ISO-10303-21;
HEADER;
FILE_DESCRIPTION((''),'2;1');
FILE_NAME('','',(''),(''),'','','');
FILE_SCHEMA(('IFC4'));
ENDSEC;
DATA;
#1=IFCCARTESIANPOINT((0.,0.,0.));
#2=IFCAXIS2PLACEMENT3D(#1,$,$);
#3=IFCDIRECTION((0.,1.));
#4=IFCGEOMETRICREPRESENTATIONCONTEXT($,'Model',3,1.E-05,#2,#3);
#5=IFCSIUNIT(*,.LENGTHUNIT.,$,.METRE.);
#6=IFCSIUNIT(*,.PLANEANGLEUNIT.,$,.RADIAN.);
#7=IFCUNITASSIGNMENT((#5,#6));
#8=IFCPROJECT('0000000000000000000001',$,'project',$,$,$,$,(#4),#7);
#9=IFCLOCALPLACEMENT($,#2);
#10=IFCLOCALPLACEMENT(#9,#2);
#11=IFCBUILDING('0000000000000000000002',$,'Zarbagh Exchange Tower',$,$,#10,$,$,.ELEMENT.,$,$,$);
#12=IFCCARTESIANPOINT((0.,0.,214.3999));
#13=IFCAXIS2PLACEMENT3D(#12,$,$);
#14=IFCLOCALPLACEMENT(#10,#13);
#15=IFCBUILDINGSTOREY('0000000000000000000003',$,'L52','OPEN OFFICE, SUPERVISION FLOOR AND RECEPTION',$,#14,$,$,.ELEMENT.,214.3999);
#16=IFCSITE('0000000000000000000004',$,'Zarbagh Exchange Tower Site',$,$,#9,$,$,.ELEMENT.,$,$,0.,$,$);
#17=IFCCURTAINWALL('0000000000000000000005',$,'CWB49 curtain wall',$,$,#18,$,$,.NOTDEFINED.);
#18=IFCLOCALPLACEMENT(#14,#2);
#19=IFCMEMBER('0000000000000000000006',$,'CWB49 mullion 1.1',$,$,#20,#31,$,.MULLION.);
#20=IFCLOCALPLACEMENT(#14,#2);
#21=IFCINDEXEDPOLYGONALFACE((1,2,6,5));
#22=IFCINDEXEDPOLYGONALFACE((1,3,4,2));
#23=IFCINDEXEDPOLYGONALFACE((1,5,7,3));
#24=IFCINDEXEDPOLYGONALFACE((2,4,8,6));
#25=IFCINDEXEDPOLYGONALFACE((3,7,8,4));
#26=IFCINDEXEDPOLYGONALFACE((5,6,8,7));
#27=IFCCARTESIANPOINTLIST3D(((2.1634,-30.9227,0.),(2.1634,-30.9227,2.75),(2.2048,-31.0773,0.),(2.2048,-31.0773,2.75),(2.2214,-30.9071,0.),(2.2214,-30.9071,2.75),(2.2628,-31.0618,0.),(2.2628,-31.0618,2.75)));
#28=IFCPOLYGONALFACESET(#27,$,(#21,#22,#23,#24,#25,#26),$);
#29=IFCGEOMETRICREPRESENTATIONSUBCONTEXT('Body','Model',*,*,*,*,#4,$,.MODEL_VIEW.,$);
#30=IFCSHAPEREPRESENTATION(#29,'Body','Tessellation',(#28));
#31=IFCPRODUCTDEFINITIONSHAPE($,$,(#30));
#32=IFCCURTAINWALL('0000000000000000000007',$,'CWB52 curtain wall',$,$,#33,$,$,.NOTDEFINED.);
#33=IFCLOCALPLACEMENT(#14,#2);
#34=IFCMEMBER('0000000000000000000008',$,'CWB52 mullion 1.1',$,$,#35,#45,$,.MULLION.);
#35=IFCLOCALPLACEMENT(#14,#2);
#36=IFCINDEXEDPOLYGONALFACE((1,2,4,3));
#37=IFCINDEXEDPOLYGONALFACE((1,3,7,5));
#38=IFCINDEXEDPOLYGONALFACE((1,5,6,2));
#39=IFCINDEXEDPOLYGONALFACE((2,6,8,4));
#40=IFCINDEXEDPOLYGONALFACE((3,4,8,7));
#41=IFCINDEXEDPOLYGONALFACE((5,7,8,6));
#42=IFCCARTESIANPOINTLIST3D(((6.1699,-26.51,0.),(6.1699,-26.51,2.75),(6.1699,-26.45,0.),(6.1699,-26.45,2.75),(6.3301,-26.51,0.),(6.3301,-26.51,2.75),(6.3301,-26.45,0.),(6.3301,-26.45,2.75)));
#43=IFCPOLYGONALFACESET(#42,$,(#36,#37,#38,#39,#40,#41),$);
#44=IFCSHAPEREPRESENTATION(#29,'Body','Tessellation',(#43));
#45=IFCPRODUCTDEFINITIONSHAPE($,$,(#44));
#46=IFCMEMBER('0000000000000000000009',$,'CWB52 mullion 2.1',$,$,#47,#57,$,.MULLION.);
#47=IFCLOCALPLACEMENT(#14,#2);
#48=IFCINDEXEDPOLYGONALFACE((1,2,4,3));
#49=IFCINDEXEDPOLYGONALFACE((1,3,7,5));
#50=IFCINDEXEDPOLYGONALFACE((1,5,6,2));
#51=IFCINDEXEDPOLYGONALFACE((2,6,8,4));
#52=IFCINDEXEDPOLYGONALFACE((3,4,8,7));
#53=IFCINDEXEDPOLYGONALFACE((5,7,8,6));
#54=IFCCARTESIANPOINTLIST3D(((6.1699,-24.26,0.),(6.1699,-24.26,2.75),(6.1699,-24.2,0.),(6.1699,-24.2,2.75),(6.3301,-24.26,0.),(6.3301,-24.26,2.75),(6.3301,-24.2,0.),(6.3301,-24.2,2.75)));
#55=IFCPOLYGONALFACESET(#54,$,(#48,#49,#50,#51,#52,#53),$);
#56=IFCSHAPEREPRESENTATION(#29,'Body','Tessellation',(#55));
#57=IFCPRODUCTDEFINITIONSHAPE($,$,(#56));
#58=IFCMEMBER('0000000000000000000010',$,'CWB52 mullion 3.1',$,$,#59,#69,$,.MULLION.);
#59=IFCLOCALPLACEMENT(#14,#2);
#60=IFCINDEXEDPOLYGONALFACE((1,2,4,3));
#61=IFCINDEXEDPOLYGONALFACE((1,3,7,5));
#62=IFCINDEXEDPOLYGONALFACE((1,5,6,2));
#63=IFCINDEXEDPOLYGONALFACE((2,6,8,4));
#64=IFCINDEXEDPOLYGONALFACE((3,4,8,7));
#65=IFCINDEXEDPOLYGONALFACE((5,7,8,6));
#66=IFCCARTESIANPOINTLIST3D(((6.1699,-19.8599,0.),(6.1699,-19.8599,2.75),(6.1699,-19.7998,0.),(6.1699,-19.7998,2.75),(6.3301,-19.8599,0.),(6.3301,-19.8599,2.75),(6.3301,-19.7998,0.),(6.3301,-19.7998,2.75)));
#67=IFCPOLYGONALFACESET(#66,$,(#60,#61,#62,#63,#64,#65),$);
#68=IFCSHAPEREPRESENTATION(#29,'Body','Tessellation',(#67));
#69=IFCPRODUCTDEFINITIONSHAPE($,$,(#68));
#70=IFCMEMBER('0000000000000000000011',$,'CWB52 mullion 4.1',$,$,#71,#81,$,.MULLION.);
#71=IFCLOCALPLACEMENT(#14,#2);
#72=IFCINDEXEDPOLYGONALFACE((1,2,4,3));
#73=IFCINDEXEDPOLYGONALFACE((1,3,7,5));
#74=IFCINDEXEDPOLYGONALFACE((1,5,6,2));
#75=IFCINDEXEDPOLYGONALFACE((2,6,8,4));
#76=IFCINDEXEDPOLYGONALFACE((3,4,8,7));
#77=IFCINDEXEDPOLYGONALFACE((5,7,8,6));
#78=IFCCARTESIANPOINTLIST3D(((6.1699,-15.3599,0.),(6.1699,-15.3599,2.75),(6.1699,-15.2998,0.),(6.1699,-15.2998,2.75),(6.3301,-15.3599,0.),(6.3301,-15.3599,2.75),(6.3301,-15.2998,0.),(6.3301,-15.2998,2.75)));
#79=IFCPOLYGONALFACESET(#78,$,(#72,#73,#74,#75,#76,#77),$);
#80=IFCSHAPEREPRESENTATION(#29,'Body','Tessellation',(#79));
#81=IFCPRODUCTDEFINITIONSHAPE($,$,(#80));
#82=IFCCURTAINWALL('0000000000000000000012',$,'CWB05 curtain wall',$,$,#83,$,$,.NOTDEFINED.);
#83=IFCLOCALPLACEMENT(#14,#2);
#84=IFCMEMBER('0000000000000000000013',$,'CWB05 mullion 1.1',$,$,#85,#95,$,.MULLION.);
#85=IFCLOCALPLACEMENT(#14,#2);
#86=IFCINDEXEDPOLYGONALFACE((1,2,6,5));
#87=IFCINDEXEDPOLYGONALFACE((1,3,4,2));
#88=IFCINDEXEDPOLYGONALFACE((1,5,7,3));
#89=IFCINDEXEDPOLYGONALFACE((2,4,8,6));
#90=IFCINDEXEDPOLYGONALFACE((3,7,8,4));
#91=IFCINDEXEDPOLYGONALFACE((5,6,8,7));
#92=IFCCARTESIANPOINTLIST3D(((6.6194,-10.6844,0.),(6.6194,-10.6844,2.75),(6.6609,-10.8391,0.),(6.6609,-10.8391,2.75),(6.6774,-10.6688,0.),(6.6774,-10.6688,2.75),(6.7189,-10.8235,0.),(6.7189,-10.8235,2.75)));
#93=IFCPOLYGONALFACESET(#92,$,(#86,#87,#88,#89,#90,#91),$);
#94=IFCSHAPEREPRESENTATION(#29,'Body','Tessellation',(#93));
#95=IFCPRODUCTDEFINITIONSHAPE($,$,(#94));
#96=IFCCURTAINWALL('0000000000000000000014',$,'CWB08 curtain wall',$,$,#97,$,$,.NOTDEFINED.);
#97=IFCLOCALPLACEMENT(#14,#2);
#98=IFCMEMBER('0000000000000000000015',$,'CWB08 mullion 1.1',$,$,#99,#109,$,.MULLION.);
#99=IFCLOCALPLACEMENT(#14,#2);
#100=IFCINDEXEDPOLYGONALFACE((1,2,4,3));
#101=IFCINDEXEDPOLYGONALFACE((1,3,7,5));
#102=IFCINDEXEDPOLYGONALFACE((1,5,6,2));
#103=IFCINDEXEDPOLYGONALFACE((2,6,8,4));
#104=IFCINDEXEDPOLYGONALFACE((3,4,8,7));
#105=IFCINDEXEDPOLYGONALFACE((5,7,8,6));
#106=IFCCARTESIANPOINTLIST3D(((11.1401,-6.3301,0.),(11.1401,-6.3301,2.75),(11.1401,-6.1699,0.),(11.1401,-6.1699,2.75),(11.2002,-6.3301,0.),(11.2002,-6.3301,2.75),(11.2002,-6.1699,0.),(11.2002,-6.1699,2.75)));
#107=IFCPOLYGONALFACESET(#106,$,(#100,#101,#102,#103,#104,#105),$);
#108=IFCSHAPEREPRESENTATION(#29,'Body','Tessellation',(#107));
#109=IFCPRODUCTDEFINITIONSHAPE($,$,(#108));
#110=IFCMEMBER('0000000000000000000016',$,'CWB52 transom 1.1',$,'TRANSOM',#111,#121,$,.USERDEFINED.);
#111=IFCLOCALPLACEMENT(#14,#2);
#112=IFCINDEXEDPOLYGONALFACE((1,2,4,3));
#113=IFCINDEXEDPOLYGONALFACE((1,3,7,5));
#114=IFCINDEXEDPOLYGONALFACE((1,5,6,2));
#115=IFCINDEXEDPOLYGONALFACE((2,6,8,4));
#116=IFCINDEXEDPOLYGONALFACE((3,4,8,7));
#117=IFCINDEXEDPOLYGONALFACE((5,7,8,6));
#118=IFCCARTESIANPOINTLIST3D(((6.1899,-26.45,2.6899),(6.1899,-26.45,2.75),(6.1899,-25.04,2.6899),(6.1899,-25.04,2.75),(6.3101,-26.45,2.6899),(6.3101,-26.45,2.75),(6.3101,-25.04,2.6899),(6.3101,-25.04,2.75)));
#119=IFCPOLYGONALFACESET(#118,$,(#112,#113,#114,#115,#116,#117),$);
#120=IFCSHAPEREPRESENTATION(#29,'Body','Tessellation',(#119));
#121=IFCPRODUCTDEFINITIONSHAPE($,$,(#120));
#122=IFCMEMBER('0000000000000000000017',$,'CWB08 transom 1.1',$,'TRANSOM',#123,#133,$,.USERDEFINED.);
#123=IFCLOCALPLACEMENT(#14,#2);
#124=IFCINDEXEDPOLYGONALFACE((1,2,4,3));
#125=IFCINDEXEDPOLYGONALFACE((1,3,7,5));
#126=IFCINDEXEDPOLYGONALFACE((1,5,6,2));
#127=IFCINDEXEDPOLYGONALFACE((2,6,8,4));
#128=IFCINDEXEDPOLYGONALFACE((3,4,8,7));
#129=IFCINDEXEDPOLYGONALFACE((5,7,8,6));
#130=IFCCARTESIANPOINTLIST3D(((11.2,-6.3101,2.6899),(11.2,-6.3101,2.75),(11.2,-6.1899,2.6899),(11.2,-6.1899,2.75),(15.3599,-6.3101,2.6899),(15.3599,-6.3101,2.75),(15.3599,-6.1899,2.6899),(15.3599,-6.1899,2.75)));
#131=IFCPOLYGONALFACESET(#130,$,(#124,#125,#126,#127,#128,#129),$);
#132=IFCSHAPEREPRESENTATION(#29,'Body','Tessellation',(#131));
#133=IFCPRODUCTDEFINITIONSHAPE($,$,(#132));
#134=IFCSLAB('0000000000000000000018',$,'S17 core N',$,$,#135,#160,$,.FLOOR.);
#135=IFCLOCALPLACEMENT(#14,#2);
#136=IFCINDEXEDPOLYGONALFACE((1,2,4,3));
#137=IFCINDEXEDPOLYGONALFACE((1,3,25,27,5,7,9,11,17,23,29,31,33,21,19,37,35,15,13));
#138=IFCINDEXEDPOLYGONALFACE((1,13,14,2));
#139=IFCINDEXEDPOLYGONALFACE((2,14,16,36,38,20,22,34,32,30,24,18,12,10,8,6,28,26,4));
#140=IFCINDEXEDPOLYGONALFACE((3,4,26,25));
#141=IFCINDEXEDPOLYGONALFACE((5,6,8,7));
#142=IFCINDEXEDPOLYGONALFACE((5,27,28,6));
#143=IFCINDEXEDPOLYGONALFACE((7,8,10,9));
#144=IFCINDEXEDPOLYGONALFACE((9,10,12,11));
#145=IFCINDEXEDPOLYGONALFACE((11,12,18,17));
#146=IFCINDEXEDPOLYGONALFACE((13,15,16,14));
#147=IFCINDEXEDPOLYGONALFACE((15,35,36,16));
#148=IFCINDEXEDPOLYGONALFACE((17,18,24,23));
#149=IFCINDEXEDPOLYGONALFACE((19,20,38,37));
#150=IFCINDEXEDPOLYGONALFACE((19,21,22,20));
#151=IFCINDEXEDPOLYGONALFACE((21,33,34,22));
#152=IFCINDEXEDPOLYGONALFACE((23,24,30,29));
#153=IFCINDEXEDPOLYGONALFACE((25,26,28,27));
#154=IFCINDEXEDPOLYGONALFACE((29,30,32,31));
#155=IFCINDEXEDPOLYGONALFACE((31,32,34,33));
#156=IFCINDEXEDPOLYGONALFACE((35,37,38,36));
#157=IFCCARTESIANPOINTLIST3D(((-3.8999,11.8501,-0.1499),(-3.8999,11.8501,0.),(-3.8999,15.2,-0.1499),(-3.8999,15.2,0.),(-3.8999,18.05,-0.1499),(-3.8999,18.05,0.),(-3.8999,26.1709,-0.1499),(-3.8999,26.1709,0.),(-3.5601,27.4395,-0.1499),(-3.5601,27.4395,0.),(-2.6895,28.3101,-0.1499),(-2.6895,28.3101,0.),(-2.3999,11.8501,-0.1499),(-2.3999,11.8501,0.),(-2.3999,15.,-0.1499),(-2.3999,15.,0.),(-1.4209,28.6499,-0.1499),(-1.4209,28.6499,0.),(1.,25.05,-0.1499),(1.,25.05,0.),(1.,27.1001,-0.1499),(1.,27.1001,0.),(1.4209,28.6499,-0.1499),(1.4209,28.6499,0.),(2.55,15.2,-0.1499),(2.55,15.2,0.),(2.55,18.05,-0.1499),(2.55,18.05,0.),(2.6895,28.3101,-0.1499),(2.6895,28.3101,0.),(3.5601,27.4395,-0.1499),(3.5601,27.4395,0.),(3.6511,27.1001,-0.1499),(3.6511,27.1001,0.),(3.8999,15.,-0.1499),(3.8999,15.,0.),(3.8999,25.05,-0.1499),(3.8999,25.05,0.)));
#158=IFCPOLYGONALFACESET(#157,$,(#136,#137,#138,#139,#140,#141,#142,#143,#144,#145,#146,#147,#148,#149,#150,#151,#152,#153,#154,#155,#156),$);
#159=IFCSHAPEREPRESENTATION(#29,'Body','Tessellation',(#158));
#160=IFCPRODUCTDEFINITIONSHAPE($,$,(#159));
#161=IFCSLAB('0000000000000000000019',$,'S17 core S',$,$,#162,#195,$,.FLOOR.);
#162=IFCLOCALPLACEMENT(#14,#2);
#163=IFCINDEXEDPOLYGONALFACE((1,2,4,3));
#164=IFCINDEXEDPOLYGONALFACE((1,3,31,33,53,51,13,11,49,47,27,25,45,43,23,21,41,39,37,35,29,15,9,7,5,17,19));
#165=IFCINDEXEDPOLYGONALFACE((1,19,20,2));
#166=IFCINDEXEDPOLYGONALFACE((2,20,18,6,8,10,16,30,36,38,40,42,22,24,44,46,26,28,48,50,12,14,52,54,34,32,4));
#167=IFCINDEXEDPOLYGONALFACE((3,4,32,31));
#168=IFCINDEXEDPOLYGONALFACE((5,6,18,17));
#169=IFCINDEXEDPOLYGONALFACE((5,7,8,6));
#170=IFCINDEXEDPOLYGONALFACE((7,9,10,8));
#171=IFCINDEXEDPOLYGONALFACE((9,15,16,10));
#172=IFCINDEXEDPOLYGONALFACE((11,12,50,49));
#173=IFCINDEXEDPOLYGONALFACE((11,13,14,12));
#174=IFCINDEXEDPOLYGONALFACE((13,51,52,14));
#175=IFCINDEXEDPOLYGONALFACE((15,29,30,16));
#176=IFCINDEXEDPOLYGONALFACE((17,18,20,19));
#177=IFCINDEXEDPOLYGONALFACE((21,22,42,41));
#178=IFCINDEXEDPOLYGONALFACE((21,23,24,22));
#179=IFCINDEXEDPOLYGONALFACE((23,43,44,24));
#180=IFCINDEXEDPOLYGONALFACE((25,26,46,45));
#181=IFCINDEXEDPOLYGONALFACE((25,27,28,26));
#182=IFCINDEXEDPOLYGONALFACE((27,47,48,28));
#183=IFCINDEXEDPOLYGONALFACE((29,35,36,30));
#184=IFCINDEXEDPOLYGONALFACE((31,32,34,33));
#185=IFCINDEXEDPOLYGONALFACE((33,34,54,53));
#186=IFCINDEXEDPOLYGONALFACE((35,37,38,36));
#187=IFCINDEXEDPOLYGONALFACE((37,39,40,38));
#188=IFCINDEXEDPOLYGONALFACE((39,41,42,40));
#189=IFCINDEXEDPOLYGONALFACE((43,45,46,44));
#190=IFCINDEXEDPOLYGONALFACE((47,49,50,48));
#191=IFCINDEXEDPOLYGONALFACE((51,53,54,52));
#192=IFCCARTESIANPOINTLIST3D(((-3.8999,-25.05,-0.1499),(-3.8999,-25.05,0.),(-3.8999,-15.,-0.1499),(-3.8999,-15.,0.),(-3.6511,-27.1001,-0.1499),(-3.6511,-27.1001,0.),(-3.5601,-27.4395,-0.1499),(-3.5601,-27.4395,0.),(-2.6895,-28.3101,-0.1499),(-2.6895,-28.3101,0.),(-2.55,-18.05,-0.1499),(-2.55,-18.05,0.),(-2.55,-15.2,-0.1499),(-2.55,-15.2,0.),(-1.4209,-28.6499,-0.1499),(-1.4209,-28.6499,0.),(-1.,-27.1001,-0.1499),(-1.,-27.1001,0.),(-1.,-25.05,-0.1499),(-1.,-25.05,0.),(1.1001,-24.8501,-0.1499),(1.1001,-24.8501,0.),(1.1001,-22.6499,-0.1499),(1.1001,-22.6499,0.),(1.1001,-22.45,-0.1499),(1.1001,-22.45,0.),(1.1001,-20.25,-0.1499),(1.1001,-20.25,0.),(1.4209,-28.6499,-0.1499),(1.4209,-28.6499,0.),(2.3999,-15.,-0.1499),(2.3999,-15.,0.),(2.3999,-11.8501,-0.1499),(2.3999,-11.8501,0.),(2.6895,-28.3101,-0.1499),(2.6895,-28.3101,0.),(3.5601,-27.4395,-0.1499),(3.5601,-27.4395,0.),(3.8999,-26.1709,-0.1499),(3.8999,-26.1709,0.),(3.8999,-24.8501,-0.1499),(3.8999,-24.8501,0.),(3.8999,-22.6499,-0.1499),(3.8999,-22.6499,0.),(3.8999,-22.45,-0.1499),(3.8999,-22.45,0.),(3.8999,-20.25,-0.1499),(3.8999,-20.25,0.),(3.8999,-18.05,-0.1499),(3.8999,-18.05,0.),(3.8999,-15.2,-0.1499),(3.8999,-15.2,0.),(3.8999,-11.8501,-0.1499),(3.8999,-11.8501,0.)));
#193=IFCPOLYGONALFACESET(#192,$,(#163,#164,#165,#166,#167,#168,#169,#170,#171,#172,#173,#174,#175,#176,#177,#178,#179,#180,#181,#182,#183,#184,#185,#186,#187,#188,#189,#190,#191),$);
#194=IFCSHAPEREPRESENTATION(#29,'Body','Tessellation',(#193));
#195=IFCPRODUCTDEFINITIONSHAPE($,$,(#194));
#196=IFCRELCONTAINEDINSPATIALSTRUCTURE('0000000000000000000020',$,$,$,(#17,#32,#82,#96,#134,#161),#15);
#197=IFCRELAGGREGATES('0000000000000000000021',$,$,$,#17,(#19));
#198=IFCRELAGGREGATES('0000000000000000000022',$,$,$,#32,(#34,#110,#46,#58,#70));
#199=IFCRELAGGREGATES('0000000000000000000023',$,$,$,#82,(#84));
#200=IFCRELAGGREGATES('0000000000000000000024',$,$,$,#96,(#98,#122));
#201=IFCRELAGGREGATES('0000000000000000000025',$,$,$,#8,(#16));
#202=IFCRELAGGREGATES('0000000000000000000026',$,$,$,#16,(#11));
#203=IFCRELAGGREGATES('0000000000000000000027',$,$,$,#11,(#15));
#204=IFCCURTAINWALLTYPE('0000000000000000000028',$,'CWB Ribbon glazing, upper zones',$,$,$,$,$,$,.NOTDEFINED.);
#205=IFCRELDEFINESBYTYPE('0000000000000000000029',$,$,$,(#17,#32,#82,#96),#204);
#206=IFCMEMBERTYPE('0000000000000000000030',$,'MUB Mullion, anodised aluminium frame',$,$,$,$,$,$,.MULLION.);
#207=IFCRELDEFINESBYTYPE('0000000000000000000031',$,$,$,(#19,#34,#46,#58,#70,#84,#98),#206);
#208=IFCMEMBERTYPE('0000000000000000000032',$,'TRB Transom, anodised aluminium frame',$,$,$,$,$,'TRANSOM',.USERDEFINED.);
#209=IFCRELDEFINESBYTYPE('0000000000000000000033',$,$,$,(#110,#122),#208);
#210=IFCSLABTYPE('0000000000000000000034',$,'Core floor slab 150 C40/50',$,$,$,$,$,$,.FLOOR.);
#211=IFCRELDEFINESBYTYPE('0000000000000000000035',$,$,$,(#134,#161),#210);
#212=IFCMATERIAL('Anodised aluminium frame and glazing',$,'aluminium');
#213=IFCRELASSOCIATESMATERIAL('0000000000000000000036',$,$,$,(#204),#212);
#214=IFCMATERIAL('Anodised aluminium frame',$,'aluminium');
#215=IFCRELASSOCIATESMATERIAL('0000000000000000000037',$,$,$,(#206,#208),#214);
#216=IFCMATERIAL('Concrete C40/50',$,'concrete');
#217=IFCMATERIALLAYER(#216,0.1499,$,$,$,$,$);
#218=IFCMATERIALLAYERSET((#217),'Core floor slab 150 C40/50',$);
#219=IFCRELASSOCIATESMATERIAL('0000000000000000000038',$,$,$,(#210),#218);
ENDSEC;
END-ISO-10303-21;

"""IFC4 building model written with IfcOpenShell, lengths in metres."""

from ifc_helpers import new_model, si_unit, direction, frame, origin, place, context, subcontext, project, spatial, polyline, outline, extrude, source, transform, mapped, material, layer, layer_set, type_object, element, aggregate, save


model = new_model("IFC4")

# Units and contexts
model_context = context("Model", 3, precision=1e-05, world=origin(), true_north=direction((0.0, 1.0)))
body_context = subcontext(model_context, "Body", "Model", "MODEL_VIEW")
ifc_project = project(units=[si_unit("LENGTHUNIT", "METRE"), si_unit("PLANEANGLEUNIT", "RADIAN")], contexts=[model_context])

# Site, building, storey
site_placement = place(None, origin())
site = spatial("IfcSite", under=ifc_project, at=site_placement, Name="Zarbagh Exchange Tower Site", CompositionType="ELEMENT", RefElevation=0.0)
building_placement = place(site_placement, origin())
building = spatial("IfcBuilding", under=site, at=building_placement, Name="Zarbagh Exchange Tower", CompositionType="ELEMENT")
storey_placement = place(building_placement, frame((0.0, 0.0, 214.3999)))
storey = spatial("IfcBuildingStorey", under=building, at=storey_placement, Name="L52", Description="OPEN OFFICE, SUPERVISION FLOOR AND RECEPTION", CompositionType="ELEMENT", Elevation=214.3999)

# Curtain wall, member
ifc_material_1 = material(Name="Anodised aluminium frame and glazing", Category="aluminium")
curtain_wall_type = type_object("IfcCurtainWallType", Name="CWB Ribbon glazing, upper zones", PredefinedType="NOTDEFINED", material=ifc_material_1)
curtain_wall_1_placement = place(storey_placement, origin())
curtain_wall_1 = element("IfcCurtainWall", 1, at=curtain_wall_1_placement, inside=storey, type_object=curtain_wall_type, Name="CWB49 curtain wall", PredefinedType="NOTDEFINED")
ifc_material_2 = material(Name="Anodised aluminium frame", Category="aluminium")
member_type_1 = type_object("IfcMemberType", Name="MUB Mullion, anodised aluminium frame", PredefinedType="MULLION", material=ifc_material_2)
shared_shape_1 = source(origin(), body_context, "Body", "SweptSolid", [
    extrude(outline(polyline([(0.0, -0.0801), (0.0601, -0.0801), (0.0601, 0.0801), (0.0, 0.0801), (0.0, -0.0801)])), origin(), (0.0, 0.0, 1.0), 2.75),
])
placement = place(storey_placement, origin())
member_1 = element("IfcMember", 2, at=placement, type_object=member_type_1, Name="CWB49 mullion 1.1", PredefinedType="MULLION", context=body_context, shape_type="MappedRepresentation", body=[
    mapped(shared_shape_1, transform((2.1841, -31.0, 0.0), x_axis=(0.965924, 0.258825, 0.0), y_axis=(-0.258825, 0.965924, 0.0), z_axis=(0.0, 0.0, 1.0))),
])

# Curtain wall, members
curtain_wall_2_placement = place(storey_placement, origin())
curtain_wall_2 = element("IfcCurtainWall", 3, at=curtain_wall_2_placement, inside=storey, type_object=curtain_wall_type, Name="CWB52 curtain wall", PredefinedType="NOTDEFINED")
member_2 = element("IfcMember", 4, at=placement, type_object=member_type_1, Name="CWB52 mullion 1.1", PredefinedType="MULLION", context=body_context, shape_type="MappedRepresentation", body=[
    mapped(shared_shape_1, transform((6.25, -26.51, 0.0), x_axis=(0.0, 1.0, 0.0), y_axis=(-1.0, 0.0, 0.0), z_axis=(0.0, 0.0, 1.0))),
])
member_3 = element("IfcMember", 5, at=placement, type_object=member_type_1, Name="CWB52 mullion 2.1", PredefinedType="MULLION", context=body_context, shape_type="MappedRepresentation", body=[
    mapped(shared_shape_1, transform((6.25, -24.26, 0.0), x_axis=(0.0, 1.0, 0.0), y_axis=(-1.0, 0.0, 0.0), z_axis=(0.0, 0.0, 1.0))),
])
member_4 = element("IfcMember", 6, at=placement, type_object=member_type_1, Name="CWB52 mullion 3.1", PredefinedType="MULLION", context=body_context, shape_type="MappedRepresentation", body=[
    mapped(shared_shape_1, transform((6.25, -19.8599, 0.0), x_axis=(0.0, 1.0, 0.0), y_axis=(-1.0, 0.0, 0.0), z_axis=(0.0, 0.0, 1.0))),
])
member_5 = element("IfcMember", 7, at=placement, type_object=member_type_1, Name="CWB52 mullion 4.1", PredefinedType="MULLION", context=body_context, shape_type="MappedRepresentation", body=[
    mapped(shared_shape_1, transform((6.25, -15.3599, 0.0), x_axis=(0.0, 1.0, 0.0), y_axis=(-1.0, 0.0, 0.0), z_axis=(0.0, 0.0, 1.0))),
])

# Curtain walls, members
curtain_wall_3_placement = place(storey_placement, origin())
curtain_wall_3 = element("IfcCurtainWall", 8, at=curtain_wall_3_placement, inside=storey, type_object=curtain_wall_type, Name="CWB05 curtain wall", PredefinedType="NOTDEFINED")
member_6 = element("IfcMember", 9, at=placement, type_object=member_type_1, Name="CWB05 mullion 1.1", PredefinedType="MULLION", context=body_context, shape_type="MappedRepresentation", body=[
    mapped(shared_shape_1, transform((6.6401, -10.7617, 0.0), x_axis=(0.965924, 0.258825, 0.0), y_axis=(-0.258825, 0.965924, 0.0), z_axis=(0.0, 0.0, 1.0))),
])
curtain_wall_4_placement = place(storey_placement, origin())
curtain_wall_4 = element("IfcCurtainWall", 10, at=curtain_wall_4_placement, inside=storey, type_object=curtain_wall_type, Name="CWB08 curtain wall", PredefinedType="NOTDEFINED")
member_7 = element("IfcMember", 11, at=placement, type_object=member_type_1, Name="CWB08 mullion 1.1", PredefinedType="MULLION", context=body_context, shape_type="MappedRepresentation", body=[
    mapped(shared_shape_1, transform((11.1401, -6.25, 0.0), x_axis=(1.0, 0.0, 0.0), y_axis=(0.0, 1.0, 0.0), z_axis=(0.0, 0.0, 1.0))),
])

# Members
member_type_2 = type_object("IfcMemberType", Name="TRB Transom, anodised aluminium frame", ElementType="TRANSOM", PredefinedType="USERDEFINED", material=ifc_material_2)
shared_shape_2 = source(origin(), body_context, "Body", "SweptSolid", [
    extrude(outline(polyline([(-0.0601, -0.0601), (0.0, -0.0601), (0.0, 0.0601), (-0.0601, 0.0601), (-0.0601, -0.0601)])), origin(), (0.0, 0.0, 1.0), 1.4099),
])
member_8 = element("IfcMember", 12, at=placement, type_object=member_type_2, Name="CWB52 transom 1.1", ObjectType="TRANSOM", PredefinedType="USERDEFINED", context=body_context, shape_type="MappedRepresentation", body=[
    mapped(shared_shape_2, transform((6.25, -26.45, 2.75), x_axis=(0.0, 0.0, 1.0), y_axis=(1.0, 0.0, 0.0), z_axis=(0.0, 1.0, 0.0))),
])
shared_shape_3 = source(origin(), body_context, "Body", "SweptSolid", [
    extrude(outline(polyline([(-0.0601, -0.0601), (0.0, -0.0601), (0.0, 0.0601), (-0.0601, 0.0601), (-0.0601, -0.0601)])), origin(), (0.0, 0.0, 1.0), 4.1599),
])
member_9 = element("IfcMember", 13, at=placement, type_object=member_type_2, Name="CWB08 transom 1.1", ObjectType="TRANSOM", PredefinedType="USERDEFINED", context=body_context, shape_type="MappedRepresentation", body=[
    mapped(shared_shape_3, transform((11.2, -6.25, 2.75), x_axis=(0.0, 0.0, 1.0), y_axis=(0.0, -1.0, 0.0), z_axis=(1.0, 0.0, 0.0))),
])

# Slabs
ifc_material_3 = material(Name="Concrete C40/50", Category="concrete")
ifc_layer_1 = layer(ifc_material_3, 0.1499)
ifc_layer_set_1 = layer_set([ifc_layer_1], Name="Core floor slab 150 C40/50")
slab_type = type_object("IfcSlabType", Name="Core floor slab 150 C40/50", PredefinedType="FLOOR", material=ifc_layer_set_1)
slab_1_placement = place(storey_placement, frame((0.0, 0.0, -0.1499)))
element("IfcSlab", 14, at=slab_1_placement, inside=storey, type_object=slab_type, Name="S17 core N", PredefinedType="FLOOR", context=body_context, shape_type="SweptSolid", body=[
    extrude(outline(polyline([(-3.8999, 11.8501), (-3.8999, 15.2), (2.55, 15.2), (2.55, 18.05), (-3.8999, 18.05), (-3.8999, 26.1709), (-3.5601, 27.4395), (-2.6895, 28.3101), (-1.4209, 28.6499), (1.4209, 28.6499), (2.6895, 28.3101), (3.5601, 27.4395), (3.6511, 27.1001), (1.0, 27.1001), (1.0, 25.05), (3.8999, 25.05), (3.8999, 15.0), (-2.3999, 15.0), (-2.3999, 11.8501), (-3.8999, 11.8501)])), origin(), (0.0, 0.0, 1.0), 0.1499),
])
slab_2_placement = place(storey_placement, frame((0.0, 0.0, -0.1499)))
element("IfcSlab", 15, at=slab_2_placement, inside=storey, type_object=slab_type, Name="S17 core S", PredefinedType="FLOOR", context=body_context, shape_type="SweptSolid", body=[
    extrude(outline(polyline([(-2.6895, -28.3101), (-3.5601, -27.4395), (-3.6511, -27.1001), (-1.0, -27.1001), (-1.0, -25.05), (-3.8999, -25.05), (-3.8999, -15.0), (2.3999, -15.0), (2.3999, -11.8501), (3.8999, -11.8501), (3.8999, -15.2), (-2.55, -15.2), (-2.55, -18.05), (3.8999, -18.05), (3.8999, -20.25), (1.1001, -20.25), (1.1001, -22.45), (3.8999, -22.45), (3.8999, -22.6499), (1.1001, -22.6499), (1.1001, -24.8501), (3.8999, -24.8501), (3.8999, -26.1709), (3.5601, -27.4395), (2.6895, -28.3101), (1.4209, -28.6499), (-1.4209, -28.6499), (-2.6895, -28.3101)])), origin(), (0.0, 0.0, 1.0), 0.1499),
])

aggregate(curtain_wall_1, [member_1])

aggregate(curtain_wall_2, [member_2, member_8, member_3, member_4, member_5])
aggregate(curtain_wall_3, [member_6])

aggregate(curtain_wall_4, [member_7, member_9])

save(model, "model.ifc")
